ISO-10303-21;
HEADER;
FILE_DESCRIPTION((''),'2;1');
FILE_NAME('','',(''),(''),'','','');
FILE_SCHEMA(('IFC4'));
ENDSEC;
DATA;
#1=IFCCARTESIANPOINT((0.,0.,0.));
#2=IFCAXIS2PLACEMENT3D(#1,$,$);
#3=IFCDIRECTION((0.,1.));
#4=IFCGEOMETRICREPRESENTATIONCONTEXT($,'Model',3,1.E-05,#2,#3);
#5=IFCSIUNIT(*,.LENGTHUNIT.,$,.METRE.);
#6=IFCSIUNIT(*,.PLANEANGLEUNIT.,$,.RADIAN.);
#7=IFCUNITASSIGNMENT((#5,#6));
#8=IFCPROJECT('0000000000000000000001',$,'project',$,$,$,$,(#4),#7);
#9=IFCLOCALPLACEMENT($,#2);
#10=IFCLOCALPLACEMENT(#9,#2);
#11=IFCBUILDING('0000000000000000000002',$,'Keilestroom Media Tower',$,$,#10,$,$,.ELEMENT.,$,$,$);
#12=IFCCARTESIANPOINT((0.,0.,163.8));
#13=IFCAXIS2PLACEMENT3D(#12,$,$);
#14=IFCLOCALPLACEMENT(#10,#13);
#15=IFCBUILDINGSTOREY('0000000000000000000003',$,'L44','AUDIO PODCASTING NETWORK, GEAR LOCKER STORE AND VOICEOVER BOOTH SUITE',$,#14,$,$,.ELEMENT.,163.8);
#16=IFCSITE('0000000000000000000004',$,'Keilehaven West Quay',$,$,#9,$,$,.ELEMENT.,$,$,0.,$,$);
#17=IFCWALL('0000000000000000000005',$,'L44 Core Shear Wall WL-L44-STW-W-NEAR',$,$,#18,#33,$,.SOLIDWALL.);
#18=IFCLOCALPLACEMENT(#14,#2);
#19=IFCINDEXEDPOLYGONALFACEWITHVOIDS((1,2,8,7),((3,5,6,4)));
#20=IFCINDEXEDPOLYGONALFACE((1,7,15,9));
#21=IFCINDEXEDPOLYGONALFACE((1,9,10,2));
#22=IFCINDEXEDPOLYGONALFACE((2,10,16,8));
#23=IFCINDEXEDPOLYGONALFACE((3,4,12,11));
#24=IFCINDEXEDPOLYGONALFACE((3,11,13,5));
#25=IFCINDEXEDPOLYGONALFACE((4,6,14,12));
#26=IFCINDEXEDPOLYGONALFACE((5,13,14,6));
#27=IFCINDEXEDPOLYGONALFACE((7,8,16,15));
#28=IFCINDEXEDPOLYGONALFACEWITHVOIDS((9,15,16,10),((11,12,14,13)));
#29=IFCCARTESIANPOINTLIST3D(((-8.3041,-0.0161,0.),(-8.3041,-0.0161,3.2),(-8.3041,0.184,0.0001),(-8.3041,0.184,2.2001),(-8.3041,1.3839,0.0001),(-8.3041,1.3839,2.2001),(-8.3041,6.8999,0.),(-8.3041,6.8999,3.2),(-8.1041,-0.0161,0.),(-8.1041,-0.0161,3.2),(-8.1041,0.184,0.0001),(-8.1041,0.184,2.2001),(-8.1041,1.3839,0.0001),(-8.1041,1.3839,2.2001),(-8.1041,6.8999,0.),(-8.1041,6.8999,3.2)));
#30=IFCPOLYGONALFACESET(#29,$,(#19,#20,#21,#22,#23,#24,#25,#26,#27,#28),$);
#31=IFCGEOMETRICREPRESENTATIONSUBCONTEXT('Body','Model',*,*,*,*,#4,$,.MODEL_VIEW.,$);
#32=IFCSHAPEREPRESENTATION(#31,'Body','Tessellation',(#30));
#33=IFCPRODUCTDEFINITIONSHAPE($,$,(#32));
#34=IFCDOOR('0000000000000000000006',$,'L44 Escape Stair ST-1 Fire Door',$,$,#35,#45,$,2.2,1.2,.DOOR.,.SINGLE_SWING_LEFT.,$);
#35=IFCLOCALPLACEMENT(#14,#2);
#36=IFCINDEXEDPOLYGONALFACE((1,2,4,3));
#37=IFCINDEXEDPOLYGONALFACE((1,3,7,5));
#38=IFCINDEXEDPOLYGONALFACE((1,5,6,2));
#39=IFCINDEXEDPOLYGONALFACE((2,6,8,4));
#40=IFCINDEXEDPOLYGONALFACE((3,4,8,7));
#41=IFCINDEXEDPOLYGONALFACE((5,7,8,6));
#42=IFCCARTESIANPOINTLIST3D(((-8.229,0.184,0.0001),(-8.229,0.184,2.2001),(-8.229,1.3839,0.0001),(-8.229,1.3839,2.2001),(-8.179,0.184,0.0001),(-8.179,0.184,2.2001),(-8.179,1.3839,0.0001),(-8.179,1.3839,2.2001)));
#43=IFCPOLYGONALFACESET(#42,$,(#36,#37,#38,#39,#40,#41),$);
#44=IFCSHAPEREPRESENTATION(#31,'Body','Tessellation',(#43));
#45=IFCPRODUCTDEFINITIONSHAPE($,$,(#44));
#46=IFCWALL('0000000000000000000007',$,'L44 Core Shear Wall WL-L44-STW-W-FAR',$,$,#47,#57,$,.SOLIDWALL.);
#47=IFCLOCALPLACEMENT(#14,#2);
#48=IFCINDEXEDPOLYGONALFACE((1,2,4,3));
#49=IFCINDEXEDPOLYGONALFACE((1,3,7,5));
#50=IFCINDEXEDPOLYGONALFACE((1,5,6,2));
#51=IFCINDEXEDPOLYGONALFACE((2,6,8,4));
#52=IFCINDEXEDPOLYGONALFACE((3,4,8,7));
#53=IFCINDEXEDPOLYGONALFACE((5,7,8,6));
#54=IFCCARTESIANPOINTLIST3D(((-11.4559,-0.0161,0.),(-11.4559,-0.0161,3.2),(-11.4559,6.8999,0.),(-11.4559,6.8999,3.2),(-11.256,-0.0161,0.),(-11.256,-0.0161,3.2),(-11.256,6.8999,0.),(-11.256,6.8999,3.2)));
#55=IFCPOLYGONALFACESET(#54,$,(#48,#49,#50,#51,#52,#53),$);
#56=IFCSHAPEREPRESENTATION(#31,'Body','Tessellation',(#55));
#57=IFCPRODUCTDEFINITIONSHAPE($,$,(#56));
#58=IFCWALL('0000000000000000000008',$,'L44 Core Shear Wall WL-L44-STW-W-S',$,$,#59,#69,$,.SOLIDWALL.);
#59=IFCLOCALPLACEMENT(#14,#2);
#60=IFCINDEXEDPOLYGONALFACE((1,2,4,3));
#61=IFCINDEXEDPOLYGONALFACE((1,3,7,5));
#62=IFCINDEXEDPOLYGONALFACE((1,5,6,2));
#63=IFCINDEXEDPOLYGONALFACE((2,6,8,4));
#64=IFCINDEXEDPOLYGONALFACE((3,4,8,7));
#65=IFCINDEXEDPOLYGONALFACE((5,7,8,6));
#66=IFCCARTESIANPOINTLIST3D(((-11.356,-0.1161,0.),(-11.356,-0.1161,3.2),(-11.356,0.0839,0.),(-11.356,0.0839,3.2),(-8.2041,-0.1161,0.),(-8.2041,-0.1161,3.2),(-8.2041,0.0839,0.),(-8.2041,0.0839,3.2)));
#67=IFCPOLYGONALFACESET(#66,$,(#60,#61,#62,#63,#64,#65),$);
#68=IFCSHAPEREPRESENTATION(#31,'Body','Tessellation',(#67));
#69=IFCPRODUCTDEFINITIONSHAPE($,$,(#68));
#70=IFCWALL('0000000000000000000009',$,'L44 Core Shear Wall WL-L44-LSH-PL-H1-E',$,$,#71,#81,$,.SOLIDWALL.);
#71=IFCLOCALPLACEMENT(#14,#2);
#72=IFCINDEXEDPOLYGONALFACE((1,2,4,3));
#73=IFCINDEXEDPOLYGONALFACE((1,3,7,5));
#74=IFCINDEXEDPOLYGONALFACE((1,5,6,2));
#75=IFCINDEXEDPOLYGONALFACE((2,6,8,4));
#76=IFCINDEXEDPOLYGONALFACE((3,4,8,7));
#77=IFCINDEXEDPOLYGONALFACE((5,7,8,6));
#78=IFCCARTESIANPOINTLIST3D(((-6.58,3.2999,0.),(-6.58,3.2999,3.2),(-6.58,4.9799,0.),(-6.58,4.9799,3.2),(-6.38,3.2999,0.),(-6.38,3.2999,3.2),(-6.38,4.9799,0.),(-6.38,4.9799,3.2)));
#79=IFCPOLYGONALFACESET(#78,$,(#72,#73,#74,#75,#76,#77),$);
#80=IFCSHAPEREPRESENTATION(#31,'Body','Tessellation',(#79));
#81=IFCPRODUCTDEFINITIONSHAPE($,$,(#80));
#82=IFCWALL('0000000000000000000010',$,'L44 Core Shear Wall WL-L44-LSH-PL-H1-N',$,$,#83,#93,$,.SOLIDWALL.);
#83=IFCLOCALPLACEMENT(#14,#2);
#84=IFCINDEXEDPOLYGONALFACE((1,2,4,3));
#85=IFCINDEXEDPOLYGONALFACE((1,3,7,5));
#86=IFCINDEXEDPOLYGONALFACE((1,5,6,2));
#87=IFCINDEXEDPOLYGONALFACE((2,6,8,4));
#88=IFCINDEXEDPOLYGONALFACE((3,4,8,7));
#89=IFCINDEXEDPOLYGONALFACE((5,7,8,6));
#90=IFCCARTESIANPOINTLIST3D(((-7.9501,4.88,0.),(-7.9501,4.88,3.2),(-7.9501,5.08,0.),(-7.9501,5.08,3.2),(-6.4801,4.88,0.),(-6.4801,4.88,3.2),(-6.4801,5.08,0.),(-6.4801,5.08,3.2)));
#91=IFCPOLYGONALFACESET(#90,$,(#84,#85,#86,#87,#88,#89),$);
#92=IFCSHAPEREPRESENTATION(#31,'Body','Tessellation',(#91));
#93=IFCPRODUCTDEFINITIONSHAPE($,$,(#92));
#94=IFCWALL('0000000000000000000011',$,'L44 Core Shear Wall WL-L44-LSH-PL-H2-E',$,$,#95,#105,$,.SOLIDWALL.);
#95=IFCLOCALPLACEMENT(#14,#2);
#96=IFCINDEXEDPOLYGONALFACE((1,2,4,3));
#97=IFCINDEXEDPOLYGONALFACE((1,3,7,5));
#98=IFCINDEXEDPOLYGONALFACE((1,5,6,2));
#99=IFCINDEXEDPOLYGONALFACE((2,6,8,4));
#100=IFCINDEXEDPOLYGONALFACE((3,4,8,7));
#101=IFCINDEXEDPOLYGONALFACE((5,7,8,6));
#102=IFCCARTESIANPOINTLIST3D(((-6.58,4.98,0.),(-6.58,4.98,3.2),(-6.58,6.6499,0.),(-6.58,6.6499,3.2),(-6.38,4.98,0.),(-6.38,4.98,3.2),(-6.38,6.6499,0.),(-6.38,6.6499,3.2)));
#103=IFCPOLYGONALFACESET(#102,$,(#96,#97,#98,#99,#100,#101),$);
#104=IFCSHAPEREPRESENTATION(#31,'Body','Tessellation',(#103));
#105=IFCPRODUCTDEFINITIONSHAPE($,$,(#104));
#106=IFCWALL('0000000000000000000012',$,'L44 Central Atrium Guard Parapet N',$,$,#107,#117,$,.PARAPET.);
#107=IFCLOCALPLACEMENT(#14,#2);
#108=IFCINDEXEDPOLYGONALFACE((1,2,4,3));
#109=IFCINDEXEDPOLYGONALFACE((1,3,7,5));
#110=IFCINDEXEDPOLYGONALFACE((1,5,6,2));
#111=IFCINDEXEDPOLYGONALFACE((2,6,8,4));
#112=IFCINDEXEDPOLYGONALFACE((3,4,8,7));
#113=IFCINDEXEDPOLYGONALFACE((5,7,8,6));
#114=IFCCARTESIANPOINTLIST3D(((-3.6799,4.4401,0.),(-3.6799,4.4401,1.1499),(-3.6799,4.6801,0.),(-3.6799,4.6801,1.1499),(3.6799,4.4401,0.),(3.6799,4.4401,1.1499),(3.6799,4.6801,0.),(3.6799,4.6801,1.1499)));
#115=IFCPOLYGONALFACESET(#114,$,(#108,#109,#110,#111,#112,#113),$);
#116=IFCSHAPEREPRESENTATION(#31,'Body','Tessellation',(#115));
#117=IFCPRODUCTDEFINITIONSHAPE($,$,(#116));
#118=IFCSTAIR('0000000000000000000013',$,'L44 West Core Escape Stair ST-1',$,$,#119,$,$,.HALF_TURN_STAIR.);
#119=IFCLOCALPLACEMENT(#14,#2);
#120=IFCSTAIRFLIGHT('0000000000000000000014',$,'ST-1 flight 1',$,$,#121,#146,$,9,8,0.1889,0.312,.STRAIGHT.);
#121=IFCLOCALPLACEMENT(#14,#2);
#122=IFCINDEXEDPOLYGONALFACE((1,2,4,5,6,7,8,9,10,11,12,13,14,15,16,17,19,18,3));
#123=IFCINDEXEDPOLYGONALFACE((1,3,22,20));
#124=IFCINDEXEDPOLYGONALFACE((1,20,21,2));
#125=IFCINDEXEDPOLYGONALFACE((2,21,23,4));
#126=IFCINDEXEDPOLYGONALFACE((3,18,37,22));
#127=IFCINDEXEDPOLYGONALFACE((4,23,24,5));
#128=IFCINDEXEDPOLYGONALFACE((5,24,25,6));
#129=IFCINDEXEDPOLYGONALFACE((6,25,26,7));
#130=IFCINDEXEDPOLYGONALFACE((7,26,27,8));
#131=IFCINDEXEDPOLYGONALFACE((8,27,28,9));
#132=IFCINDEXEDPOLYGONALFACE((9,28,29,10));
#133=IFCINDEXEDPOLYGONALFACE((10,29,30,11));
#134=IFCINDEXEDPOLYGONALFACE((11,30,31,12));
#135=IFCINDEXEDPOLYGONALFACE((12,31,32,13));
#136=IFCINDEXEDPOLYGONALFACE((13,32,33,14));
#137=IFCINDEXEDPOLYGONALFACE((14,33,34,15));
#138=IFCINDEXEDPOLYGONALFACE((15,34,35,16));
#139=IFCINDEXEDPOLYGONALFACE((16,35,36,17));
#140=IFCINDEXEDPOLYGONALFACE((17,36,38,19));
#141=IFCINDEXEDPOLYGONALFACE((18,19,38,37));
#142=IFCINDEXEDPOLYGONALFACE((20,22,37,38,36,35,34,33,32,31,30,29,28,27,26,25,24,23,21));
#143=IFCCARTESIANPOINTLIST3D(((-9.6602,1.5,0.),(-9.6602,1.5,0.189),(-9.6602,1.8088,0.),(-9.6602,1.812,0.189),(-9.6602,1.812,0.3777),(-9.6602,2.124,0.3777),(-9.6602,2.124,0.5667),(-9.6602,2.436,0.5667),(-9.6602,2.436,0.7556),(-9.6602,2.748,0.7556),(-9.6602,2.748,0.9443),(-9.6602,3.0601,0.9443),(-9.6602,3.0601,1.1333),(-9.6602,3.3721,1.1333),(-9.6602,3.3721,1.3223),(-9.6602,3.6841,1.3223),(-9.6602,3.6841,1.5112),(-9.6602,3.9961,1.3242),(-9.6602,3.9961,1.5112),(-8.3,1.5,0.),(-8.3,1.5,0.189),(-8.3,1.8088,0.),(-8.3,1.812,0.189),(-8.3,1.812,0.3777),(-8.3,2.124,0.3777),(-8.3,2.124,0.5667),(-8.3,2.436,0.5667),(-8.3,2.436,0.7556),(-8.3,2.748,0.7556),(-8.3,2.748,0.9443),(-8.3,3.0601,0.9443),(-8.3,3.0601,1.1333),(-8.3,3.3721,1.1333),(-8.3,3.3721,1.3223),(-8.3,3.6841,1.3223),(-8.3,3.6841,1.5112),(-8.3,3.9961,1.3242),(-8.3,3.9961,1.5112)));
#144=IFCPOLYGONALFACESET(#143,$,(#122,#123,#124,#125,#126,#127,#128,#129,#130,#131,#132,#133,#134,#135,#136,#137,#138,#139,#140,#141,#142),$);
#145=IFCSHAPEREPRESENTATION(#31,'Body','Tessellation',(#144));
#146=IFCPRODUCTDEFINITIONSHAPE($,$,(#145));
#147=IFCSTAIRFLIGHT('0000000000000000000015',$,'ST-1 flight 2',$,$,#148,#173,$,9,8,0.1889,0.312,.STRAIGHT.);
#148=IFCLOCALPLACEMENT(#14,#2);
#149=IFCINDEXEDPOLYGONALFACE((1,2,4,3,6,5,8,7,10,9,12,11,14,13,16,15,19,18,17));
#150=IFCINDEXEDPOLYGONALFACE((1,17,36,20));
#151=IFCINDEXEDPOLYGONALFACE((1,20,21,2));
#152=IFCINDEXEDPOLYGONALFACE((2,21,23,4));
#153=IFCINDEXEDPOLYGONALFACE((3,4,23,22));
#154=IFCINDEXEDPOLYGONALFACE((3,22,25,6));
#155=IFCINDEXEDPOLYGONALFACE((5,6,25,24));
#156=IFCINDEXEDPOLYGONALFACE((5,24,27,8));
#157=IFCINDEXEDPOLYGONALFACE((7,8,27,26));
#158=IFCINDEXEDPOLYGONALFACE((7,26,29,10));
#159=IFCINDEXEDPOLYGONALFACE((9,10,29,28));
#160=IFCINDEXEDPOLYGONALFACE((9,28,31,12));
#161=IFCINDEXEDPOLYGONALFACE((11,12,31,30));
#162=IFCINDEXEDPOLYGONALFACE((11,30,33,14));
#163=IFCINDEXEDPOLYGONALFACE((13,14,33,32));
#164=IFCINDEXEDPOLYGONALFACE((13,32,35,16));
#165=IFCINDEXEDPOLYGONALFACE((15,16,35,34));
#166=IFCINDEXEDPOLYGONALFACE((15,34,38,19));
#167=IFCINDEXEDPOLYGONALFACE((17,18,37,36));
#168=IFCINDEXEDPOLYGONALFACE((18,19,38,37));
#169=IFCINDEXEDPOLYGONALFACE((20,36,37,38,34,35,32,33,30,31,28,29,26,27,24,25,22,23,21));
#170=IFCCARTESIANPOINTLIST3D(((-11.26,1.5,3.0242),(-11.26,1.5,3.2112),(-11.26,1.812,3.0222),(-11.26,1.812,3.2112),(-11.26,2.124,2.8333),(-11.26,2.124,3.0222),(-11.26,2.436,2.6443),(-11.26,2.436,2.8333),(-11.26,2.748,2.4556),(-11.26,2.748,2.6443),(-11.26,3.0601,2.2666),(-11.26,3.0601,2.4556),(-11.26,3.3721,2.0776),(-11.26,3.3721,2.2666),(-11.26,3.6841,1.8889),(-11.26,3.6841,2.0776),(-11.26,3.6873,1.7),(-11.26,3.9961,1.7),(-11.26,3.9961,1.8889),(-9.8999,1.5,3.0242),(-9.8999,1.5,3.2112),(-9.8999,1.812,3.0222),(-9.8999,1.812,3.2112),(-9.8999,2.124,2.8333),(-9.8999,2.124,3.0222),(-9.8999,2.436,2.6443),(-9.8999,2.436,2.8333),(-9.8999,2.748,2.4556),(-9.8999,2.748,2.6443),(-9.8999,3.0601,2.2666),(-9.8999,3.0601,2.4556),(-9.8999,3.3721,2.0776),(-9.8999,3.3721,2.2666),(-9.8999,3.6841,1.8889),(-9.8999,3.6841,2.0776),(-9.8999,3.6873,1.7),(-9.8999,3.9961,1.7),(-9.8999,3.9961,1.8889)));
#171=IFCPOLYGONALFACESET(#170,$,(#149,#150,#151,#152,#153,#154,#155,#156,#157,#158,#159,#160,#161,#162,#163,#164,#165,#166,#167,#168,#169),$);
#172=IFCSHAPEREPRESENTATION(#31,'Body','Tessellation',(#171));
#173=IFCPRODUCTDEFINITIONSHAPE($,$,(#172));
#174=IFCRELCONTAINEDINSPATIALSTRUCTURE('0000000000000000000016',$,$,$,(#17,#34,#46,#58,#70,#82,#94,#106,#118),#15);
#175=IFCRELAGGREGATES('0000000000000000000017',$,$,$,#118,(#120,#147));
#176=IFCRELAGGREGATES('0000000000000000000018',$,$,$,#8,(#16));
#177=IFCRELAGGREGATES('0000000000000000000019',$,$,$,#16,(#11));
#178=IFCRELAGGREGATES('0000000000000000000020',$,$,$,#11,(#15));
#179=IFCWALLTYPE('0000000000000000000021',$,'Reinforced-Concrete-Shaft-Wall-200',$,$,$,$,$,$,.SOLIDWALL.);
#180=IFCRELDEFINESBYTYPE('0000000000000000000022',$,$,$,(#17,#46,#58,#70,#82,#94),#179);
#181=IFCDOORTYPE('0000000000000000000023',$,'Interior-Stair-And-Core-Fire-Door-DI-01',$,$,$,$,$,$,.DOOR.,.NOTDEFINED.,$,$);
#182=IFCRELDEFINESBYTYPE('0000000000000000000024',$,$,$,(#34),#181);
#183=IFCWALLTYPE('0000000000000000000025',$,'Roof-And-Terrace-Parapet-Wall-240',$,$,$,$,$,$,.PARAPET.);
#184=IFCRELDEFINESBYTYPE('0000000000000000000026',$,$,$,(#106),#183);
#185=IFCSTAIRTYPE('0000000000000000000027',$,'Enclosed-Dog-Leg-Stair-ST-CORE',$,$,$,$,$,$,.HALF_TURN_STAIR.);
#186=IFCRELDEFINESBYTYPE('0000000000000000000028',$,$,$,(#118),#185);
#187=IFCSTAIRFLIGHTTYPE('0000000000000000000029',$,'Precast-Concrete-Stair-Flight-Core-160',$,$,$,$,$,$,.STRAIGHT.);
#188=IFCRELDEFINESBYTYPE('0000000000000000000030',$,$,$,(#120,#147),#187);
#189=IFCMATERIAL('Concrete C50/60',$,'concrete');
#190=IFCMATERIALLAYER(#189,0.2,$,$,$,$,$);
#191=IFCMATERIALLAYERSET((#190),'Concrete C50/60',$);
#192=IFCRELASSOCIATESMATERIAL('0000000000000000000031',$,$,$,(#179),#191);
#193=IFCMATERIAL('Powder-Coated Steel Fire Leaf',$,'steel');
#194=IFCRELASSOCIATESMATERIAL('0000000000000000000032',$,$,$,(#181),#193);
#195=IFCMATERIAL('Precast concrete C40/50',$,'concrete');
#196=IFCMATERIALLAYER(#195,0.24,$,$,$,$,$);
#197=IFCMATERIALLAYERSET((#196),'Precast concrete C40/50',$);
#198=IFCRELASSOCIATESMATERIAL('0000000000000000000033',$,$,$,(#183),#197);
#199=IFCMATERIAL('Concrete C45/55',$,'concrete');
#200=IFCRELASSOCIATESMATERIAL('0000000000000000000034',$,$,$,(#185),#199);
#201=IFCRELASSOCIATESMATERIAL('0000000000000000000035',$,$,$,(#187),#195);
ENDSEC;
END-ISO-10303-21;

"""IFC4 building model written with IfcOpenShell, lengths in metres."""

from ifc_helpers import new_model, si_unit, direction, frame, frame_2d, origin, place, context, subcontext, project, spatial, polyline, rectangle, outline, extrude, source, transform, mapped, material, layer, layer_set, type_object, element, fill, aggregate, save


model = new_model("IFC4")

# Units and contexts
model_context = context("Model", 3, precision=1e-05, world=origin(), true_north=direction((0.0, 1.0)))
body_context = subcontext(model_context, "Body", "Model", "MODEL_VIEW")
ifc_project = project(units=[si_unit("LENGTHUNIT", "METRE"), si_unit("PLANEANGLEUNIT", "RADIAN")], contexts=[model_context])

# Site, building, storey
site_placement = place(None, origin())
site = spatial("IfcSite", under=ifc_project, at=site_placement, Name="Keilehaven West Quay", CompositionType="ELEMENT", RefElevation=0.0)
building_placement = place(site_placement, origin())
building = spatial("IfcBuilding", under=site, at=building_placement, Name="Keilestroom Media Tower", CompositionType="ELEMENT")
storey_placement = place(building_placement, frame((0.0, 0.0, 163.8)))
storey = spatial("IfcBuildingStorey", under=building, at=storey_placement, Name="L44", Description="AUDIO PODCASTING NETWORK, GEAR LOCKER STORE AND VOICEOVER BOOTH SUITE", CompositionType="ELEMENT", Elevation=163.8)

# Shared definitions
ifc_material_1 = material(Name="Concrete C50/60", Category="concrete")

# Shared definitions
ifc_layer_1 = layer(ifc_material_1, 0.2)
ifc_layer_set_1 = layer_set([ifc_layer_1], Name="Concrete C50/60")
wall_type_1 = type_object("IfcWallType", Name="Reinforced-Concrete-Shaft-Wall-200", PredefinedType="SOLIDWALL", material=ifc_layer_set_1)

# Wall, opening, door
wall_1_placement = place(storey_placement, frame((-8.2041, -0.0161, 0.0), z_axis=(0.0, 0.0, 1.0), x_axis=(0.0, 1.0, 0.0)))
wall_1 = element("IfcWall", 1, at=wall_1_placement, inside=storey, type_object=wall_type_1, Name="L44 Core Shear Wall WL-L44-STW-W-NEAR", PredefinedType="SOLIDWALL", context=body_context, shape_type="SweptSolid", body=[
    extrude(rectangle(XDim=6.916, YDim=0.2, at=frame_2d((3.458, 0.0))), origin(), (0.0, 0.0, 1.0), 3.2),
])
opening_placement = place(wall_1_placement, frame((0.2, 0.0, 0.0)))
opening = element("IfcOpeningElement", 2, at=opening_placement, cuts=wall_1, PredefinedType="OPENING", context=body_context, shape_type="SweptSolid", body=[
    extrude(rectangle(XDim=1.2, YDim=2.2, at=frame_2d((0.6001, 1.1001))), frame((0.0, 0.1099, 0.0), z_axis=(0.0, -1.0, 0.0), x_axis=(1.0, 0.0, 0.0)), (0.0, 0.0, 1.0), 0.22),
])
ifc_material_2 = material(Name="Powder-Coated Steel Fire Leaf", Category="steel")
door_type = type_object("IfcDoorType", Name="Interior-Stair-And-Core-Fire-Door-DI-01", OperationType="NOTDEFINED", PredefinedType="DOOR", material=ifc_material_2)
shared_shape = source(origin(), body_context, "Body", "SweptSolid", [
    extrude(rectangle(XDim=1.2, YDim=2.2, at=frame_2d((0.6001, 1.1001))), frame((0.0, 0.0249, 0.0), z_axis=(0.0, -1.0, 0.0), x_axis=(1.0, 0.0, 0.0)), (0.0, 0.0, 1.0), 0.05),
])
door_placement = place(opening_placement, origin())
door = element("IfcDoor", 3, at=door_placement, inside=storey, type_object=door_type, Name="L44 Escape Stair ST-1 Fire Door", OperationType="SINGLE_SWING_LEFT", OverallHeight=2.2, OverallWidth=1.2, PredefinedType="DOOR", context=body_context, shape_type="MappedRepresentation", body=[
    mapped(shared_shape, transform((0.0, 0.0, 0.0), x_axis=(1.0, 0.0, 0.0), y_axis=(0.0, 1.0, 0.0), z_axis=(0.0, 0.0, 1.0), scale=1.0)),
])
fill(opening, door)

# Walls
wall_2_placement = place(storey_placement, frame((-11.356, -0.0161, 0.0), z_axis=(0.0, 0.0, 1.0), x_axis=(0.0, 1.0, 0.0)))
element("IfcWall", 4, at=wall_2_placement, inside=storey, type_object=wall_type_1, Name="L44 Core Shear Wall WL-L44-STW-W-FAR", PredefinedType="SOLIDWALL", context=body_context, shape_type="SweptSolid", body=[
    extrude(rectangle(XDim=6.916, YDim=0.2, at=frame_2d((3.458, 0.0))), origin(), (0.0, 0.0, 1.0), 3.2),
])
wall_3_placement = place(storey_placement, frame((-11.356, -0.0161, 0.0), z_axis=(0.0, 0.0, 1.0), x_axis=(1.0, 0.0, 0.0)))
element("IfcWall", 5, at=wall_3_placement, inside=storey, type_object=wall_type_1, Name="L44 Core Shear Wall WL-L44-STW-W-S", PredefinedType="SOLIDWALL", context=body_context, shape_type="SweptSolid", body=[
    extrude(rectangle(XDim=3.1519, YDim=0.2, at=frame_2d((1.5759, 0.0))), origin(), (0.0, 0.0, 1.0), 3.2),
])
wall_4_placement = place(storey_placement, frame((-6.48, 3.3, 0.0), z_axis=(0.0, 0.0, 1.0), x_axis=(0.0, 1.0, 0.0)))
element("IfcWall", 6, at=wall_4_placement, inside=storey, type_object=wall_type_1, Name="L44 Core Shear Wall WL-L44-LSH-PL-H1-E", PredefinedType="SOLIDWALL", context=body_context, shape_type="SweptSolid", body=[
    extrude(rectangle(XDim=1.6799, YDim=0.2, at=frame_2d((0.8398, 0.0))), origin(), (0.0, 0.0, 1.0), 3.2),
])
wall_5_placement = place(storey_placement, frame((-7.95, 4.98, 0.0), z_axis=(0.0, 0.0, 1.0), x_axis=(1.0, 0.0, 0.0)))
element("IfcWall", 7, at=wall_5_placement, inside=storey, type_object=wall_type_1, Name="L44 Core Shear Wall WL-L44-LSH-PL-H1-N", PredefinedType="SOLIDWALL", context=body_context, shape_type="SweptSolid", body=[
    extrude(rectangle(XDim=1.47, YDim=0.2, at=frame_2d((0.7349, 0.0))), origin(), (0.0, 0.0, 1.0), 3.2),
])
wall_6_placement = place(storey_placement, frame((-6.48, 4.98, 0.0), z_axis=(0.0, 0.0, 1.0), x_axis=(0.0, 1.0, 0.0)))
element("IfcWall", 8, at=wall_6_placement, inside=storey, type_object=wall_type_1, Name="L44 Core Shear Wall WL-L44-LSH-PL-H2-E", PredefinedType="SOLIDWALL", context=body_context, shape_type="SweptSolid", body=[
    extrude(rectangle(XDim=1.6699, YDim=0.2, at=frame_2d((0.835, 0.0))), origin(), (0.0, 0.0, 1.0), 3.2),
])
ifc_material_3 = material(Name="Precast concrete C40/50", Category="concrete")
ifc_layer_2 = layer(ifc_material_3, 0.24)
ifc_layer_set_2 = layer_set([ifc_layer_2], Name="Precast concrete C40/50")
wall_type_2 = type_object("IfcWallType", Name="Roof-And-Terrace-Parapet-Wall-240", PredefinedType="PARAPET", material=ifc_layer_set_2)
wall_7_placement = place(storey_placement, frame((-3.6799, 4.5601, 0.0), z_axis=(0.0, 0.0, 1.0), x_axis=(1.0, 0.0, 0.0)))
element("IfcWall", 9, at=wall_7_placement, inside=storey, type_object=wall_type_2, Name="L44 Central Atrium Guard Parapet N", PredefinedType="PARAPET", context=body_context, shape_type="SweptSolid", body=[
    extrude(rectangle(XDim=7.3599, YDim=0.24, at=frame_2d((3.6799, 0.0))), origin(), (0.0, 0.0, 1.0), 1.1499),
])

# Stair, stair flights
ifc_material_4 = material(Name="Concrete C45/55", Category="concrete")
stair_type = type_object("IfcStairType", Name="Enclosed-Dog-Leg-Stair-ST-CORE", PredefinedType="HALF_TURN_STAIR", material=ifc_material_4)
stair_placement = place(storey_placement, origin())
stair = element("IfcStair", 10, at=stair_placement, inside=storey, type_object=stair_type, Name="L44 West Core Escape Stair ST-1", PredefinedType="HALF_TURN_STAIR")
stair_flight_type = type_object("IfcStairFlightType", Name="Precast-Concrete-Stair-Flight-Core-160", PredefinedType="STRAIGHT", material=ifc_material_3)
stair_flight_1_placement = place(storey_placement, frame((-8.98, 1.5, 0.0), z_axis=(0.0, 0.0, 1.0), x_axis=(0.0, 1.0, 0.0)))
stair_flight_1 = element("IfcStairFlight", 11, at=stair_flight_1_placement, type_object=stair_flight_type, Name="ST-1 flight 1", NumberOfRisers=9, NumberOfTreads=8, PredefinedType="STRAIGHT", RiserHeight=0.1889, TreadLength=0.312, context=body_context, shape_type="SweptSolid", body=[
    extrude(outline(polyline([(0.0, 0.0), (0.0, 0.189), (0.312, 0.189), (0.312, 0.3777), (0.624, 0.3777), (0.624, 0.5667), (0.936, 0.5667), (0.936, 0.7556), (1.248, 0.7556), (1.248, 0.9443), (1.5601, 0.9443), (1.5601, 1.1333), (1.8721, 1.1333), (1.8721, 1.3223), (2.1841, 1.3223), (2.1841, 1.5112), (2.4961, 1.5112), (2.4961, 1.7), (2.4961, 1.3242), (0.3088, 0.0), (0.0, 0.0)])), frame((0.0, 0.6802, 0.0), z_axis=(0.0, -1.0, 0.0), x_axis=(1.0, 0.0, 0.0)), (0.0, 0.0, 1.0), 1.3601),
])
stair_flight_2_placement = place(storey_placement, frame((-10.5801, 3.9961, 1.7), z_axis=(0.0, 0.0, 1.0), x_axis=(0.0, -1.0, 0.0)))
stair_flight_2 = element("IfcStairFlight", 12, at=stair_flight_2_placement, type_object=stair_flight_type, Name="ST-1 flight 2", NumberOfRisers=9, NumberOfTreads=8, PredefinedType="STRAIGHT", RiserHeight=0.1889, TreadLength=0.312, context=body_context, shape_type="SweptSolid", body=[
    extrude(outline(polyline([(0.0, 0.0), (0.0, 0.189), (0.312, 0.189), (0.312, 0.3777), (0.624, 0.3777), (0.624, 0.5667), (0.936, 0.5667), (0.936, 0.7556), (1.248, 0.7556), (1.248, 0.9443), (1.5601, 0.9443), (1.5601, 1.1333), (1.8721, 1.1333), (1.8721, 1.3223), (2.1841, 1.3223), (2.1841, 1.5112), (2.4961, 1.5112), (2.4961, 1.7), (2.4961, 1.3242), (0.3088, 0.0), (0.0, 0.0)])), frame((0.0, 0.6802, 0.0), z_axis=(0.0, -1.0, 0.0), x_axis=(1.0, 0.0, 0.0)), (0.0, 0.0, 1.0), 1.3601),
])
aggregate(stair, [stair_flight_1, stair_flight_2])

save(model, "model.ifc")
